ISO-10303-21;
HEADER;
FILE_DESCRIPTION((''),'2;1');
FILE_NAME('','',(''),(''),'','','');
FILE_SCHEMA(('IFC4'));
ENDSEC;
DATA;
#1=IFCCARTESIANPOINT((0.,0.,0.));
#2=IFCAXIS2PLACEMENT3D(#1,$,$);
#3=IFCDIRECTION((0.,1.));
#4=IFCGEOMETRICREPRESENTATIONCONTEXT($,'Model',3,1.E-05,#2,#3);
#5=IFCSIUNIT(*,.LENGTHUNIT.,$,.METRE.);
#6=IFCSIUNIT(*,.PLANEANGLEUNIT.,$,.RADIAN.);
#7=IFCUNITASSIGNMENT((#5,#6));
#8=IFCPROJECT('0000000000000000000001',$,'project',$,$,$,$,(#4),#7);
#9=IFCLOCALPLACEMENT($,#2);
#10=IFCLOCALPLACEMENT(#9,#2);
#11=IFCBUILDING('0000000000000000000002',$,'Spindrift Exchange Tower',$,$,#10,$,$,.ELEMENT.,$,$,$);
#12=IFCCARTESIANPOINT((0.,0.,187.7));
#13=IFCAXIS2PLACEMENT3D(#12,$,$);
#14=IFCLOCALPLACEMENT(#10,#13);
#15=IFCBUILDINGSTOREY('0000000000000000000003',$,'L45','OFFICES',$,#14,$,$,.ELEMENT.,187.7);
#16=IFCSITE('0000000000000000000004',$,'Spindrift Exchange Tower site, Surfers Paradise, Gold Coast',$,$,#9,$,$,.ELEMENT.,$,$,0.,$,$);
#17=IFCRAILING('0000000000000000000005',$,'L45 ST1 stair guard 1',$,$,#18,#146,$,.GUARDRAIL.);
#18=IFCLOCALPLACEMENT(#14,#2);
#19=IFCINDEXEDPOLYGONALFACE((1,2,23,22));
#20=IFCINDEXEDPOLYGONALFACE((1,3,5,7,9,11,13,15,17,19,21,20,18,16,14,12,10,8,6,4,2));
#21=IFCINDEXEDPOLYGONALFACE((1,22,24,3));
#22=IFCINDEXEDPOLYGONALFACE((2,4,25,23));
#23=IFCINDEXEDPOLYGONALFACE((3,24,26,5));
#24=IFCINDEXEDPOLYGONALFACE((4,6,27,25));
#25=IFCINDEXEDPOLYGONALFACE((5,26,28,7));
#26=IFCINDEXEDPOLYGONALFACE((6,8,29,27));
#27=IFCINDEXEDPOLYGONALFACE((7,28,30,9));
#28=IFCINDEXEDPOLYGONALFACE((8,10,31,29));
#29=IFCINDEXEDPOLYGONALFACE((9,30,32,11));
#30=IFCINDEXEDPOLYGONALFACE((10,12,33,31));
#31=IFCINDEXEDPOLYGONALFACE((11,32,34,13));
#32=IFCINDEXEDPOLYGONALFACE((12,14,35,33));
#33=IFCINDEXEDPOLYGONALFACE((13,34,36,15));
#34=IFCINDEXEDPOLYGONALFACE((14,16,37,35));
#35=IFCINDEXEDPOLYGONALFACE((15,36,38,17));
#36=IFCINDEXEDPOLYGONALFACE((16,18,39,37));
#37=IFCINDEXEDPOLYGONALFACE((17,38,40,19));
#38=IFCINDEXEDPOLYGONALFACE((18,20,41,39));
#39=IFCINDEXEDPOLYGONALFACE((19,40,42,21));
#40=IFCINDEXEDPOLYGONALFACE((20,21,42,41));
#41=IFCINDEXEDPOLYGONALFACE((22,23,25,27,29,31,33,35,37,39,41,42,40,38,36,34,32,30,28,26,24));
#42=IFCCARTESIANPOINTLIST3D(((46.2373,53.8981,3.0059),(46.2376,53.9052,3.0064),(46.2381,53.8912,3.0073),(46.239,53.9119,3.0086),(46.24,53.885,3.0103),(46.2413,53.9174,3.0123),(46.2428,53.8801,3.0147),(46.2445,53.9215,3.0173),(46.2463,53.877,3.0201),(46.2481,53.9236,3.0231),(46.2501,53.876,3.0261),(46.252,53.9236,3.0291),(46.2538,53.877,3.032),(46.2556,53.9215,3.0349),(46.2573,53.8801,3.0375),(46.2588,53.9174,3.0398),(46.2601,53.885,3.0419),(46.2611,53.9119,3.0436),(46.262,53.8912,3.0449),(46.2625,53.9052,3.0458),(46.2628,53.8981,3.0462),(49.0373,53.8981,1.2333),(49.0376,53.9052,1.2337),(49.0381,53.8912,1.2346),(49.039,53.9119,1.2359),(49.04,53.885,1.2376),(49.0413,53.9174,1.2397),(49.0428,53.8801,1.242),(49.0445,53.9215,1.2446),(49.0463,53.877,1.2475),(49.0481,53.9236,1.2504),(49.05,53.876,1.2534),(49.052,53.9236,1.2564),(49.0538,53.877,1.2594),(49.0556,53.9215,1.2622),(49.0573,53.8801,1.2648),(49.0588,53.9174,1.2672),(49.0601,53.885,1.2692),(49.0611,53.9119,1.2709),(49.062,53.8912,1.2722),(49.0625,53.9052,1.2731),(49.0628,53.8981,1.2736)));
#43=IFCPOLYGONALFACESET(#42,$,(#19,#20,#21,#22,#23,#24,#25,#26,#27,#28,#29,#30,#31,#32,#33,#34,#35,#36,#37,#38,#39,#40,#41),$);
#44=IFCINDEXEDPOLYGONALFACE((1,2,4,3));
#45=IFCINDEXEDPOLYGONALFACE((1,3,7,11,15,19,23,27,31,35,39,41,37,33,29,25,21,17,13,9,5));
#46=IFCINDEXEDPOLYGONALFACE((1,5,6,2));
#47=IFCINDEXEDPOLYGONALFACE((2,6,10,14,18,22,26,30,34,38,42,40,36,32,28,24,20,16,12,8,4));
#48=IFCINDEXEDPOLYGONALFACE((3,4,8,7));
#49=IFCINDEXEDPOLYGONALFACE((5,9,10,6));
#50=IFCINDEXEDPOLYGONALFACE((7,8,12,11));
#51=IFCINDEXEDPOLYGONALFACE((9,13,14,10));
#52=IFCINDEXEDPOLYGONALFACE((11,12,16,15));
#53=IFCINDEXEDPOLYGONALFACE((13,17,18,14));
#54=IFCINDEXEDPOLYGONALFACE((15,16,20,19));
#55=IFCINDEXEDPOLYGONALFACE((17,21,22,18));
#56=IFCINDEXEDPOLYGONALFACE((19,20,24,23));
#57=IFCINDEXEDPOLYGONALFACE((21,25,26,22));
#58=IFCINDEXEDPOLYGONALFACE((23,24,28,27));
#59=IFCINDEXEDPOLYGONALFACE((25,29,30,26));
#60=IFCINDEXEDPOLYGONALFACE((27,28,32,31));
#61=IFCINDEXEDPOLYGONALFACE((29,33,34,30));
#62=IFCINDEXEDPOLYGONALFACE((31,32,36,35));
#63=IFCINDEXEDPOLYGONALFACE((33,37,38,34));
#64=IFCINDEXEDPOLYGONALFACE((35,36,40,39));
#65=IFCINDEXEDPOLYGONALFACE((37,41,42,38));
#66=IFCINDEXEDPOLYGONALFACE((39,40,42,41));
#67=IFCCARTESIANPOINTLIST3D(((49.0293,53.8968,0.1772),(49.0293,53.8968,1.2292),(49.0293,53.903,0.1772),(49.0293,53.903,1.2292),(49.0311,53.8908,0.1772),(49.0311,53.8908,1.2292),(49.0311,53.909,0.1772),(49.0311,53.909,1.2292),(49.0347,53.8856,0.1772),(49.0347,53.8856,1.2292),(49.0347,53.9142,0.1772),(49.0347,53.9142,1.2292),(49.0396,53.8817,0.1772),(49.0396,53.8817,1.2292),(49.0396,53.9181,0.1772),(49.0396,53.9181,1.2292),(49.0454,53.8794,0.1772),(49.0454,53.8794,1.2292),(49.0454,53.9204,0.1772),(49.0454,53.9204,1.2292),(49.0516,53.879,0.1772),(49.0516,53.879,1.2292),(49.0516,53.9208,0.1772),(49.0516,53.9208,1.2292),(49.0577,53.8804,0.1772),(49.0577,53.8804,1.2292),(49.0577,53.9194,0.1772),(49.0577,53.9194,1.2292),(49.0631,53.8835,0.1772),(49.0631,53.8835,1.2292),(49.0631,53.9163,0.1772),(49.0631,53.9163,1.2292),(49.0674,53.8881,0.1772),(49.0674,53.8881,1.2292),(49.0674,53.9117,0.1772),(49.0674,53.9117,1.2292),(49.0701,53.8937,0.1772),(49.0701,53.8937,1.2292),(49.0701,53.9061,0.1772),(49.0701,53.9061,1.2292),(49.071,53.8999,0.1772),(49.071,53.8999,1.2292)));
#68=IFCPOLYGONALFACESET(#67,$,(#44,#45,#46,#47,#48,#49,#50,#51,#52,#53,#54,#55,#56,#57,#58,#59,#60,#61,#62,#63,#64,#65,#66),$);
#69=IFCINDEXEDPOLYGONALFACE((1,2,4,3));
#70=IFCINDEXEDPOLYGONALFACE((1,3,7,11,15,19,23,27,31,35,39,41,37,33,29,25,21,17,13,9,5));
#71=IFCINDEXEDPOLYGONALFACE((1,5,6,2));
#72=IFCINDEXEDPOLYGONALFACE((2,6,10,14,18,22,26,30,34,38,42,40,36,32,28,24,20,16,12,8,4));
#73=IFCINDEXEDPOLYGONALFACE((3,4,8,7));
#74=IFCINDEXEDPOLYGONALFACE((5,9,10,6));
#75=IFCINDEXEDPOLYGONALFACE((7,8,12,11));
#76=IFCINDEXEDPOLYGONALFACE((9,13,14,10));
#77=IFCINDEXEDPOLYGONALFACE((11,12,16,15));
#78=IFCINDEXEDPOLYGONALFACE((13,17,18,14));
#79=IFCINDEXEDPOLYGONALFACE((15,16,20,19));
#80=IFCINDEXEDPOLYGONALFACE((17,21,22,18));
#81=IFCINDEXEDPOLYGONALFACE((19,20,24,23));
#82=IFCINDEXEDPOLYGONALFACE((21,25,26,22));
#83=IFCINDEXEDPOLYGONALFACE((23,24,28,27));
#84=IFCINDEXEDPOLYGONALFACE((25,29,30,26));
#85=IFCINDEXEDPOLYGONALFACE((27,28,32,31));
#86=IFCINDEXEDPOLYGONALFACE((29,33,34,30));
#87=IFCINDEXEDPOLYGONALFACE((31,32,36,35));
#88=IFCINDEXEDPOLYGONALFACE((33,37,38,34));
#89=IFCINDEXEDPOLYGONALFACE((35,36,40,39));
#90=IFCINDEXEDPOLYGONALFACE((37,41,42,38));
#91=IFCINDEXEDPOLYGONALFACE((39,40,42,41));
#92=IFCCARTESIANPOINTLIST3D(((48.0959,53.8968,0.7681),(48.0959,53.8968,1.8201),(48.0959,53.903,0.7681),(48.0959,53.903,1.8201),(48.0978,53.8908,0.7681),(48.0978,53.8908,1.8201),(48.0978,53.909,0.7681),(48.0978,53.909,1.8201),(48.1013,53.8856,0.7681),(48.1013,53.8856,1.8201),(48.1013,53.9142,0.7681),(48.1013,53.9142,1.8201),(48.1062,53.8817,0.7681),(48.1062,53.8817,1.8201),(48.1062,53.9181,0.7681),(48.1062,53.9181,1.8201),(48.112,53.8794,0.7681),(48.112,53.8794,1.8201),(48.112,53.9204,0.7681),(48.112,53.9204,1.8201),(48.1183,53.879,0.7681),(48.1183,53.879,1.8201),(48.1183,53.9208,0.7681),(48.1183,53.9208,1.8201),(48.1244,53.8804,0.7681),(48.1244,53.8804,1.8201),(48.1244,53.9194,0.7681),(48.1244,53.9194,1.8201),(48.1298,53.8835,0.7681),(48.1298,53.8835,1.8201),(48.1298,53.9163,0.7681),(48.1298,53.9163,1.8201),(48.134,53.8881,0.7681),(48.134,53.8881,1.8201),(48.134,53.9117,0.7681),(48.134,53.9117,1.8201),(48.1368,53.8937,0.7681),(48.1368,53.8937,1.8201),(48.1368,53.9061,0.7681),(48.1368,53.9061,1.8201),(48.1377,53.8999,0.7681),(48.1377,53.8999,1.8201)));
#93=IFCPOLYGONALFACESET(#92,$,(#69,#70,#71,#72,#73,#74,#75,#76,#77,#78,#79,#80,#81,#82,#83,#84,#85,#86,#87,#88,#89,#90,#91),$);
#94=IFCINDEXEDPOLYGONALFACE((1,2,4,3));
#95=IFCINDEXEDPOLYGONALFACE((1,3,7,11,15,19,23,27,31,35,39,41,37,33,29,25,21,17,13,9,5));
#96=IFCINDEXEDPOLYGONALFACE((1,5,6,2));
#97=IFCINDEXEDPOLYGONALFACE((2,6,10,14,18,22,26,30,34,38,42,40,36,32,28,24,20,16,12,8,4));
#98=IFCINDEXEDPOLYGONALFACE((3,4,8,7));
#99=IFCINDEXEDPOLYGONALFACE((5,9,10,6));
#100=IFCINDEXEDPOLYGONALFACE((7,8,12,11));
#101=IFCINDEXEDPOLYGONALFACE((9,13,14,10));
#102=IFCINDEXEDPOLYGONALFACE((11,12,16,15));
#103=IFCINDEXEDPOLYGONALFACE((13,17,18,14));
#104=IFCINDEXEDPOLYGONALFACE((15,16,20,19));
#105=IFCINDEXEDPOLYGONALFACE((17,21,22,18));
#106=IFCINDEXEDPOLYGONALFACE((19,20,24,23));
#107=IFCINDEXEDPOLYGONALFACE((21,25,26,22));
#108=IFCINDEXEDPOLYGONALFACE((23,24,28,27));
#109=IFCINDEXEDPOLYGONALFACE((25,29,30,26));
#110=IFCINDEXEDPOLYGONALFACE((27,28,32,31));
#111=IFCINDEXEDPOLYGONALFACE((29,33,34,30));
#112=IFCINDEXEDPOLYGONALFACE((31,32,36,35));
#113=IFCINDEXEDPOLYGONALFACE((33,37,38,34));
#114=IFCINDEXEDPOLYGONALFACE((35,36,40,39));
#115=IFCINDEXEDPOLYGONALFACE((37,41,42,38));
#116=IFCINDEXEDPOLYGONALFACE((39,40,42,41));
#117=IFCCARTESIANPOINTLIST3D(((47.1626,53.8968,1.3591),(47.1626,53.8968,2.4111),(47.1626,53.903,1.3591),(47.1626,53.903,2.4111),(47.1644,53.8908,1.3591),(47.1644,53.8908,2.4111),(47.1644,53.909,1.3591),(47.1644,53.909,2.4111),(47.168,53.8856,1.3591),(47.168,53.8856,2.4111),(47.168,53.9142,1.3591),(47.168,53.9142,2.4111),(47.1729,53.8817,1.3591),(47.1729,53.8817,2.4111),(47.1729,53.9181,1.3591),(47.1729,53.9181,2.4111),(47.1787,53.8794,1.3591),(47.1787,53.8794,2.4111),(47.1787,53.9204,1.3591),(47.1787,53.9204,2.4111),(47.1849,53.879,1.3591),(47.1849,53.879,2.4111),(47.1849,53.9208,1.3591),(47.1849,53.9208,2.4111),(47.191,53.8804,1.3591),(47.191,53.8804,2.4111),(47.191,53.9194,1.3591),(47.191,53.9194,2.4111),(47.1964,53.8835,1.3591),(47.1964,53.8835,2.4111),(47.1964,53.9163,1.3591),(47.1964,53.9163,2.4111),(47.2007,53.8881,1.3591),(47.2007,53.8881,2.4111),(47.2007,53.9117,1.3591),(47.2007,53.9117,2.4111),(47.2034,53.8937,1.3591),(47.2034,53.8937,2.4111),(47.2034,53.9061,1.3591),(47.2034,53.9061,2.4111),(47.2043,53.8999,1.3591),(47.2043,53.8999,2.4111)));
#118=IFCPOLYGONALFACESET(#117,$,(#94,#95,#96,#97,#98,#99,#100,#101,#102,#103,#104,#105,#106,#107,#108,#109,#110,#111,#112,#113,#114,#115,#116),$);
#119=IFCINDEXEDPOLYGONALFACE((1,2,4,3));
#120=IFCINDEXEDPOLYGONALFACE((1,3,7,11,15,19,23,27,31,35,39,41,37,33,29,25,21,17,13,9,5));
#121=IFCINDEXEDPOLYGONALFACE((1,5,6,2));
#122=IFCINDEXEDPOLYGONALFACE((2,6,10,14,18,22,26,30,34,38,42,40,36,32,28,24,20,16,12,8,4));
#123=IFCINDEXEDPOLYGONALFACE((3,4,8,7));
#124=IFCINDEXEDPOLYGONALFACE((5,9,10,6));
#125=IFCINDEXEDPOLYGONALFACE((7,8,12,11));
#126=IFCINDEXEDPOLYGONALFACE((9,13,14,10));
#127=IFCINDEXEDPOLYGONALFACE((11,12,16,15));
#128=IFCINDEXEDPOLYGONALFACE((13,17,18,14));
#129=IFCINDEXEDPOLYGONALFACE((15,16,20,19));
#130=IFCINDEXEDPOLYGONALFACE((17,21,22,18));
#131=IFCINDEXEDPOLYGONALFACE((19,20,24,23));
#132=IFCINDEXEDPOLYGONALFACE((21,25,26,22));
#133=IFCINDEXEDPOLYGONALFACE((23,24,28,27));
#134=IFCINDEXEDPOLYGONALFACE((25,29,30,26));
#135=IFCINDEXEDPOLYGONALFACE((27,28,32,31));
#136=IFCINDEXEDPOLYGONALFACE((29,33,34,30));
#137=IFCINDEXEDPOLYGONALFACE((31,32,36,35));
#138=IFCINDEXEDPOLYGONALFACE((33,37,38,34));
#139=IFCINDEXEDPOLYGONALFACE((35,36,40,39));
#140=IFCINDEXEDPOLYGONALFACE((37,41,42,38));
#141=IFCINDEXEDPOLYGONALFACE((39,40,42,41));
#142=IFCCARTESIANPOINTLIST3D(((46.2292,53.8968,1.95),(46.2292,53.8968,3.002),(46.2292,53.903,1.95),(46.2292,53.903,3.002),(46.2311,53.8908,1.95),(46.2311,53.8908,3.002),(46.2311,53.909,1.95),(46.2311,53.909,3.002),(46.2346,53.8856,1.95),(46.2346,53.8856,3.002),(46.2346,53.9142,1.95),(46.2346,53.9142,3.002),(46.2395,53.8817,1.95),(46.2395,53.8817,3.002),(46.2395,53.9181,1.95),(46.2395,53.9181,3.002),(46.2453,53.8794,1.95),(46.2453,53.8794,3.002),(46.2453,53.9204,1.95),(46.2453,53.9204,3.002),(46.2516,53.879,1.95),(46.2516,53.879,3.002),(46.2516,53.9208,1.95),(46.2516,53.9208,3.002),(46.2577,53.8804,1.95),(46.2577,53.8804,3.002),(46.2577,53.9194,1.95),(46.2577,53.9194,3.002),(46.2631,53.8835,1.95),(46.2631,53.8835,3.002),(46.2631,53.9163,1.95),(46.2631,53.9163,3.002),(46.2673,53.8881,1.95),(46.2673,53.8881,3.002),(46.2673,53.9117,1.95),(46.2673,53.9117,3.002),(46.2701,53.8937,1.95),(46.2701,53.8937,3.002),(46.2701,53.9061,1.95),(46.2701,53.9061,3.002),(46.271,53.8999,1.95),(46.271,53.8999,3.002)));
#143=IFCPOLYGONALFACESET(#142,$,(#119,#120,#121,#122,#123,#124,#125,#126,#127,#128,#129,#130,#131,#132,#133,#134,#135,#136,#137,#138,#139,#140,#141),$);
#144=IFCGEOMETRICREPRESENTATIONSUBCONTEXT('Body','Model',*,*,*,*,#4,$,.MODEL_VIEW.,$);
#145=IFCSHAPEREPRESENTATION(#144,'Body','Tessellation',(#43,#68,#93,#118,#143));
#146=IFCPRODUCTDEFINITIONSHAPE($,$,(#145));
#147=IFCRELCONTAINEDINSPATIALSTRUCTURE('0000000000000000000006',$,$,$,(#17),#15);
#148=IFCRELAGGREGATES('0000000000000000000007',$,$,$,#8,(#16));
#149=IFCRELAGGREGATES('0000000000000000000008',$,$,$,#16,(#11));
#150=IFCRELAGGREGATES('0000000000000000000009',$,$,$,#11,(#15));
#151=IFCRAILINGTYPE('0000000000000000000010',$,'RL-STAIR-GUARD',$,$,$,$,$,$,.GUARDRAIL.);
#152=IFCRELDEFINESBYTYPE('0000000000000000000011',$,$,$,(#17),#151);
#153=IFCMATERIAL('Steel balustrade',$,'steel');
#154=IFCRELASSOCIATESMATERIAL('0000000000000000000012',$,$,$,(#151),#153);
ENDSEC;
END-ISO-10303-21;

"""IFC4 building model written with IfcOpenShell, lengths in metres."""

from ifc_helpers import new_model, si_unit, direction, frame, origin, origin_2d, place, context, subcontext, project, spatial, circle, extrude, material, type_object, element, save


model = new_model("IFC4")

# Units and contexts
model_context = context("Model", 3, precision=1e-05, world=origin(), true_north=direction((0.0, 1.0)))
body_context = subcontext(model_context, "Body", "Model", "MODEL_VIEW")
ifc_project = project(units=[si_unit("LENGTHUNIT", "METRE"), si_unit("PLANEANGLEUNIT", "RADIAN")], contexts=[model_context])

# Site, building, storey
site_placement = place(None, origin())
site = spatial("IfcSite", under=ifc_project, at=site_placement, Name="Spindrift Exchange Tower site, Surfers Paradise, Gold Coast", CompositionType="ELEMENT", RefElevation=0.0)
building_placement = place(site_placement, origin())
building = spatial("IfcBuilding", under=site, at=building_placement, Name="Spindrift Exchange Tower", CompositionType="ELEMENT")
storey_placement = place(building_placement, frame((0.0, 0.0, 187.7)))
storey = spatial("IfcBuildingStorey", under=building, at=storey_placement, Name="L45", Description="OFFICES", CompositionType="ELEMENT", Elevation=187.7)

# Railing
ifc_material_1 = material(Name="Steel balustrade", Category="steel")
railing_type_1 = type_object("IfcRailingType", Name="RL-STAIR-GUARD", PredefinedType="GUARDRAIL", material=ifc_material_1)
railing_1_placement = place(storey_placement, frame((49.05, 53.8999, 0.1772)))
element("IfcRailing", 1, at=railing_1_placement, inside=storey, type_object=railing_type_1, Name="L45 ST1 stair guard 1", PredefinedType="GUARDRAIL", context=body_context, shape_type="SweptSolid", body=[
    extrude(circle(Radius=0.0239, at=origin_2d()), frame((0.0, 0.0, 1.0762), z_axis=(-0.844909, 0.0, 0.53491), x_axis=(0.0, -1.0, 0.0)), (0.0, 0.0, 1.0), 3.314),
    extrude(circle(Radius=0.021, at=origin_2d()), origin(), (0.0, 0.0, 1.0), 1.052),
    extrude(circle(Radius=0.021, at=origin_2d()), frame((-0.9333, 0.0, 0.5908)), (0.0, 0.0, 1.0), 1.052),
    extrude(circle(Radius=0.021, at=origin_2d()), frame((-1.8667, 0.0, 1.1819)), (0.0, 0.0, 1.0), 1.052),
    extrude(circle(Radius=0.021, at=origin_2d()), frame((-2.8, 0.0, 1.7727)), (0.0, 0.0, 1.0), 1.052),
])

save(model, "model.ifc")
